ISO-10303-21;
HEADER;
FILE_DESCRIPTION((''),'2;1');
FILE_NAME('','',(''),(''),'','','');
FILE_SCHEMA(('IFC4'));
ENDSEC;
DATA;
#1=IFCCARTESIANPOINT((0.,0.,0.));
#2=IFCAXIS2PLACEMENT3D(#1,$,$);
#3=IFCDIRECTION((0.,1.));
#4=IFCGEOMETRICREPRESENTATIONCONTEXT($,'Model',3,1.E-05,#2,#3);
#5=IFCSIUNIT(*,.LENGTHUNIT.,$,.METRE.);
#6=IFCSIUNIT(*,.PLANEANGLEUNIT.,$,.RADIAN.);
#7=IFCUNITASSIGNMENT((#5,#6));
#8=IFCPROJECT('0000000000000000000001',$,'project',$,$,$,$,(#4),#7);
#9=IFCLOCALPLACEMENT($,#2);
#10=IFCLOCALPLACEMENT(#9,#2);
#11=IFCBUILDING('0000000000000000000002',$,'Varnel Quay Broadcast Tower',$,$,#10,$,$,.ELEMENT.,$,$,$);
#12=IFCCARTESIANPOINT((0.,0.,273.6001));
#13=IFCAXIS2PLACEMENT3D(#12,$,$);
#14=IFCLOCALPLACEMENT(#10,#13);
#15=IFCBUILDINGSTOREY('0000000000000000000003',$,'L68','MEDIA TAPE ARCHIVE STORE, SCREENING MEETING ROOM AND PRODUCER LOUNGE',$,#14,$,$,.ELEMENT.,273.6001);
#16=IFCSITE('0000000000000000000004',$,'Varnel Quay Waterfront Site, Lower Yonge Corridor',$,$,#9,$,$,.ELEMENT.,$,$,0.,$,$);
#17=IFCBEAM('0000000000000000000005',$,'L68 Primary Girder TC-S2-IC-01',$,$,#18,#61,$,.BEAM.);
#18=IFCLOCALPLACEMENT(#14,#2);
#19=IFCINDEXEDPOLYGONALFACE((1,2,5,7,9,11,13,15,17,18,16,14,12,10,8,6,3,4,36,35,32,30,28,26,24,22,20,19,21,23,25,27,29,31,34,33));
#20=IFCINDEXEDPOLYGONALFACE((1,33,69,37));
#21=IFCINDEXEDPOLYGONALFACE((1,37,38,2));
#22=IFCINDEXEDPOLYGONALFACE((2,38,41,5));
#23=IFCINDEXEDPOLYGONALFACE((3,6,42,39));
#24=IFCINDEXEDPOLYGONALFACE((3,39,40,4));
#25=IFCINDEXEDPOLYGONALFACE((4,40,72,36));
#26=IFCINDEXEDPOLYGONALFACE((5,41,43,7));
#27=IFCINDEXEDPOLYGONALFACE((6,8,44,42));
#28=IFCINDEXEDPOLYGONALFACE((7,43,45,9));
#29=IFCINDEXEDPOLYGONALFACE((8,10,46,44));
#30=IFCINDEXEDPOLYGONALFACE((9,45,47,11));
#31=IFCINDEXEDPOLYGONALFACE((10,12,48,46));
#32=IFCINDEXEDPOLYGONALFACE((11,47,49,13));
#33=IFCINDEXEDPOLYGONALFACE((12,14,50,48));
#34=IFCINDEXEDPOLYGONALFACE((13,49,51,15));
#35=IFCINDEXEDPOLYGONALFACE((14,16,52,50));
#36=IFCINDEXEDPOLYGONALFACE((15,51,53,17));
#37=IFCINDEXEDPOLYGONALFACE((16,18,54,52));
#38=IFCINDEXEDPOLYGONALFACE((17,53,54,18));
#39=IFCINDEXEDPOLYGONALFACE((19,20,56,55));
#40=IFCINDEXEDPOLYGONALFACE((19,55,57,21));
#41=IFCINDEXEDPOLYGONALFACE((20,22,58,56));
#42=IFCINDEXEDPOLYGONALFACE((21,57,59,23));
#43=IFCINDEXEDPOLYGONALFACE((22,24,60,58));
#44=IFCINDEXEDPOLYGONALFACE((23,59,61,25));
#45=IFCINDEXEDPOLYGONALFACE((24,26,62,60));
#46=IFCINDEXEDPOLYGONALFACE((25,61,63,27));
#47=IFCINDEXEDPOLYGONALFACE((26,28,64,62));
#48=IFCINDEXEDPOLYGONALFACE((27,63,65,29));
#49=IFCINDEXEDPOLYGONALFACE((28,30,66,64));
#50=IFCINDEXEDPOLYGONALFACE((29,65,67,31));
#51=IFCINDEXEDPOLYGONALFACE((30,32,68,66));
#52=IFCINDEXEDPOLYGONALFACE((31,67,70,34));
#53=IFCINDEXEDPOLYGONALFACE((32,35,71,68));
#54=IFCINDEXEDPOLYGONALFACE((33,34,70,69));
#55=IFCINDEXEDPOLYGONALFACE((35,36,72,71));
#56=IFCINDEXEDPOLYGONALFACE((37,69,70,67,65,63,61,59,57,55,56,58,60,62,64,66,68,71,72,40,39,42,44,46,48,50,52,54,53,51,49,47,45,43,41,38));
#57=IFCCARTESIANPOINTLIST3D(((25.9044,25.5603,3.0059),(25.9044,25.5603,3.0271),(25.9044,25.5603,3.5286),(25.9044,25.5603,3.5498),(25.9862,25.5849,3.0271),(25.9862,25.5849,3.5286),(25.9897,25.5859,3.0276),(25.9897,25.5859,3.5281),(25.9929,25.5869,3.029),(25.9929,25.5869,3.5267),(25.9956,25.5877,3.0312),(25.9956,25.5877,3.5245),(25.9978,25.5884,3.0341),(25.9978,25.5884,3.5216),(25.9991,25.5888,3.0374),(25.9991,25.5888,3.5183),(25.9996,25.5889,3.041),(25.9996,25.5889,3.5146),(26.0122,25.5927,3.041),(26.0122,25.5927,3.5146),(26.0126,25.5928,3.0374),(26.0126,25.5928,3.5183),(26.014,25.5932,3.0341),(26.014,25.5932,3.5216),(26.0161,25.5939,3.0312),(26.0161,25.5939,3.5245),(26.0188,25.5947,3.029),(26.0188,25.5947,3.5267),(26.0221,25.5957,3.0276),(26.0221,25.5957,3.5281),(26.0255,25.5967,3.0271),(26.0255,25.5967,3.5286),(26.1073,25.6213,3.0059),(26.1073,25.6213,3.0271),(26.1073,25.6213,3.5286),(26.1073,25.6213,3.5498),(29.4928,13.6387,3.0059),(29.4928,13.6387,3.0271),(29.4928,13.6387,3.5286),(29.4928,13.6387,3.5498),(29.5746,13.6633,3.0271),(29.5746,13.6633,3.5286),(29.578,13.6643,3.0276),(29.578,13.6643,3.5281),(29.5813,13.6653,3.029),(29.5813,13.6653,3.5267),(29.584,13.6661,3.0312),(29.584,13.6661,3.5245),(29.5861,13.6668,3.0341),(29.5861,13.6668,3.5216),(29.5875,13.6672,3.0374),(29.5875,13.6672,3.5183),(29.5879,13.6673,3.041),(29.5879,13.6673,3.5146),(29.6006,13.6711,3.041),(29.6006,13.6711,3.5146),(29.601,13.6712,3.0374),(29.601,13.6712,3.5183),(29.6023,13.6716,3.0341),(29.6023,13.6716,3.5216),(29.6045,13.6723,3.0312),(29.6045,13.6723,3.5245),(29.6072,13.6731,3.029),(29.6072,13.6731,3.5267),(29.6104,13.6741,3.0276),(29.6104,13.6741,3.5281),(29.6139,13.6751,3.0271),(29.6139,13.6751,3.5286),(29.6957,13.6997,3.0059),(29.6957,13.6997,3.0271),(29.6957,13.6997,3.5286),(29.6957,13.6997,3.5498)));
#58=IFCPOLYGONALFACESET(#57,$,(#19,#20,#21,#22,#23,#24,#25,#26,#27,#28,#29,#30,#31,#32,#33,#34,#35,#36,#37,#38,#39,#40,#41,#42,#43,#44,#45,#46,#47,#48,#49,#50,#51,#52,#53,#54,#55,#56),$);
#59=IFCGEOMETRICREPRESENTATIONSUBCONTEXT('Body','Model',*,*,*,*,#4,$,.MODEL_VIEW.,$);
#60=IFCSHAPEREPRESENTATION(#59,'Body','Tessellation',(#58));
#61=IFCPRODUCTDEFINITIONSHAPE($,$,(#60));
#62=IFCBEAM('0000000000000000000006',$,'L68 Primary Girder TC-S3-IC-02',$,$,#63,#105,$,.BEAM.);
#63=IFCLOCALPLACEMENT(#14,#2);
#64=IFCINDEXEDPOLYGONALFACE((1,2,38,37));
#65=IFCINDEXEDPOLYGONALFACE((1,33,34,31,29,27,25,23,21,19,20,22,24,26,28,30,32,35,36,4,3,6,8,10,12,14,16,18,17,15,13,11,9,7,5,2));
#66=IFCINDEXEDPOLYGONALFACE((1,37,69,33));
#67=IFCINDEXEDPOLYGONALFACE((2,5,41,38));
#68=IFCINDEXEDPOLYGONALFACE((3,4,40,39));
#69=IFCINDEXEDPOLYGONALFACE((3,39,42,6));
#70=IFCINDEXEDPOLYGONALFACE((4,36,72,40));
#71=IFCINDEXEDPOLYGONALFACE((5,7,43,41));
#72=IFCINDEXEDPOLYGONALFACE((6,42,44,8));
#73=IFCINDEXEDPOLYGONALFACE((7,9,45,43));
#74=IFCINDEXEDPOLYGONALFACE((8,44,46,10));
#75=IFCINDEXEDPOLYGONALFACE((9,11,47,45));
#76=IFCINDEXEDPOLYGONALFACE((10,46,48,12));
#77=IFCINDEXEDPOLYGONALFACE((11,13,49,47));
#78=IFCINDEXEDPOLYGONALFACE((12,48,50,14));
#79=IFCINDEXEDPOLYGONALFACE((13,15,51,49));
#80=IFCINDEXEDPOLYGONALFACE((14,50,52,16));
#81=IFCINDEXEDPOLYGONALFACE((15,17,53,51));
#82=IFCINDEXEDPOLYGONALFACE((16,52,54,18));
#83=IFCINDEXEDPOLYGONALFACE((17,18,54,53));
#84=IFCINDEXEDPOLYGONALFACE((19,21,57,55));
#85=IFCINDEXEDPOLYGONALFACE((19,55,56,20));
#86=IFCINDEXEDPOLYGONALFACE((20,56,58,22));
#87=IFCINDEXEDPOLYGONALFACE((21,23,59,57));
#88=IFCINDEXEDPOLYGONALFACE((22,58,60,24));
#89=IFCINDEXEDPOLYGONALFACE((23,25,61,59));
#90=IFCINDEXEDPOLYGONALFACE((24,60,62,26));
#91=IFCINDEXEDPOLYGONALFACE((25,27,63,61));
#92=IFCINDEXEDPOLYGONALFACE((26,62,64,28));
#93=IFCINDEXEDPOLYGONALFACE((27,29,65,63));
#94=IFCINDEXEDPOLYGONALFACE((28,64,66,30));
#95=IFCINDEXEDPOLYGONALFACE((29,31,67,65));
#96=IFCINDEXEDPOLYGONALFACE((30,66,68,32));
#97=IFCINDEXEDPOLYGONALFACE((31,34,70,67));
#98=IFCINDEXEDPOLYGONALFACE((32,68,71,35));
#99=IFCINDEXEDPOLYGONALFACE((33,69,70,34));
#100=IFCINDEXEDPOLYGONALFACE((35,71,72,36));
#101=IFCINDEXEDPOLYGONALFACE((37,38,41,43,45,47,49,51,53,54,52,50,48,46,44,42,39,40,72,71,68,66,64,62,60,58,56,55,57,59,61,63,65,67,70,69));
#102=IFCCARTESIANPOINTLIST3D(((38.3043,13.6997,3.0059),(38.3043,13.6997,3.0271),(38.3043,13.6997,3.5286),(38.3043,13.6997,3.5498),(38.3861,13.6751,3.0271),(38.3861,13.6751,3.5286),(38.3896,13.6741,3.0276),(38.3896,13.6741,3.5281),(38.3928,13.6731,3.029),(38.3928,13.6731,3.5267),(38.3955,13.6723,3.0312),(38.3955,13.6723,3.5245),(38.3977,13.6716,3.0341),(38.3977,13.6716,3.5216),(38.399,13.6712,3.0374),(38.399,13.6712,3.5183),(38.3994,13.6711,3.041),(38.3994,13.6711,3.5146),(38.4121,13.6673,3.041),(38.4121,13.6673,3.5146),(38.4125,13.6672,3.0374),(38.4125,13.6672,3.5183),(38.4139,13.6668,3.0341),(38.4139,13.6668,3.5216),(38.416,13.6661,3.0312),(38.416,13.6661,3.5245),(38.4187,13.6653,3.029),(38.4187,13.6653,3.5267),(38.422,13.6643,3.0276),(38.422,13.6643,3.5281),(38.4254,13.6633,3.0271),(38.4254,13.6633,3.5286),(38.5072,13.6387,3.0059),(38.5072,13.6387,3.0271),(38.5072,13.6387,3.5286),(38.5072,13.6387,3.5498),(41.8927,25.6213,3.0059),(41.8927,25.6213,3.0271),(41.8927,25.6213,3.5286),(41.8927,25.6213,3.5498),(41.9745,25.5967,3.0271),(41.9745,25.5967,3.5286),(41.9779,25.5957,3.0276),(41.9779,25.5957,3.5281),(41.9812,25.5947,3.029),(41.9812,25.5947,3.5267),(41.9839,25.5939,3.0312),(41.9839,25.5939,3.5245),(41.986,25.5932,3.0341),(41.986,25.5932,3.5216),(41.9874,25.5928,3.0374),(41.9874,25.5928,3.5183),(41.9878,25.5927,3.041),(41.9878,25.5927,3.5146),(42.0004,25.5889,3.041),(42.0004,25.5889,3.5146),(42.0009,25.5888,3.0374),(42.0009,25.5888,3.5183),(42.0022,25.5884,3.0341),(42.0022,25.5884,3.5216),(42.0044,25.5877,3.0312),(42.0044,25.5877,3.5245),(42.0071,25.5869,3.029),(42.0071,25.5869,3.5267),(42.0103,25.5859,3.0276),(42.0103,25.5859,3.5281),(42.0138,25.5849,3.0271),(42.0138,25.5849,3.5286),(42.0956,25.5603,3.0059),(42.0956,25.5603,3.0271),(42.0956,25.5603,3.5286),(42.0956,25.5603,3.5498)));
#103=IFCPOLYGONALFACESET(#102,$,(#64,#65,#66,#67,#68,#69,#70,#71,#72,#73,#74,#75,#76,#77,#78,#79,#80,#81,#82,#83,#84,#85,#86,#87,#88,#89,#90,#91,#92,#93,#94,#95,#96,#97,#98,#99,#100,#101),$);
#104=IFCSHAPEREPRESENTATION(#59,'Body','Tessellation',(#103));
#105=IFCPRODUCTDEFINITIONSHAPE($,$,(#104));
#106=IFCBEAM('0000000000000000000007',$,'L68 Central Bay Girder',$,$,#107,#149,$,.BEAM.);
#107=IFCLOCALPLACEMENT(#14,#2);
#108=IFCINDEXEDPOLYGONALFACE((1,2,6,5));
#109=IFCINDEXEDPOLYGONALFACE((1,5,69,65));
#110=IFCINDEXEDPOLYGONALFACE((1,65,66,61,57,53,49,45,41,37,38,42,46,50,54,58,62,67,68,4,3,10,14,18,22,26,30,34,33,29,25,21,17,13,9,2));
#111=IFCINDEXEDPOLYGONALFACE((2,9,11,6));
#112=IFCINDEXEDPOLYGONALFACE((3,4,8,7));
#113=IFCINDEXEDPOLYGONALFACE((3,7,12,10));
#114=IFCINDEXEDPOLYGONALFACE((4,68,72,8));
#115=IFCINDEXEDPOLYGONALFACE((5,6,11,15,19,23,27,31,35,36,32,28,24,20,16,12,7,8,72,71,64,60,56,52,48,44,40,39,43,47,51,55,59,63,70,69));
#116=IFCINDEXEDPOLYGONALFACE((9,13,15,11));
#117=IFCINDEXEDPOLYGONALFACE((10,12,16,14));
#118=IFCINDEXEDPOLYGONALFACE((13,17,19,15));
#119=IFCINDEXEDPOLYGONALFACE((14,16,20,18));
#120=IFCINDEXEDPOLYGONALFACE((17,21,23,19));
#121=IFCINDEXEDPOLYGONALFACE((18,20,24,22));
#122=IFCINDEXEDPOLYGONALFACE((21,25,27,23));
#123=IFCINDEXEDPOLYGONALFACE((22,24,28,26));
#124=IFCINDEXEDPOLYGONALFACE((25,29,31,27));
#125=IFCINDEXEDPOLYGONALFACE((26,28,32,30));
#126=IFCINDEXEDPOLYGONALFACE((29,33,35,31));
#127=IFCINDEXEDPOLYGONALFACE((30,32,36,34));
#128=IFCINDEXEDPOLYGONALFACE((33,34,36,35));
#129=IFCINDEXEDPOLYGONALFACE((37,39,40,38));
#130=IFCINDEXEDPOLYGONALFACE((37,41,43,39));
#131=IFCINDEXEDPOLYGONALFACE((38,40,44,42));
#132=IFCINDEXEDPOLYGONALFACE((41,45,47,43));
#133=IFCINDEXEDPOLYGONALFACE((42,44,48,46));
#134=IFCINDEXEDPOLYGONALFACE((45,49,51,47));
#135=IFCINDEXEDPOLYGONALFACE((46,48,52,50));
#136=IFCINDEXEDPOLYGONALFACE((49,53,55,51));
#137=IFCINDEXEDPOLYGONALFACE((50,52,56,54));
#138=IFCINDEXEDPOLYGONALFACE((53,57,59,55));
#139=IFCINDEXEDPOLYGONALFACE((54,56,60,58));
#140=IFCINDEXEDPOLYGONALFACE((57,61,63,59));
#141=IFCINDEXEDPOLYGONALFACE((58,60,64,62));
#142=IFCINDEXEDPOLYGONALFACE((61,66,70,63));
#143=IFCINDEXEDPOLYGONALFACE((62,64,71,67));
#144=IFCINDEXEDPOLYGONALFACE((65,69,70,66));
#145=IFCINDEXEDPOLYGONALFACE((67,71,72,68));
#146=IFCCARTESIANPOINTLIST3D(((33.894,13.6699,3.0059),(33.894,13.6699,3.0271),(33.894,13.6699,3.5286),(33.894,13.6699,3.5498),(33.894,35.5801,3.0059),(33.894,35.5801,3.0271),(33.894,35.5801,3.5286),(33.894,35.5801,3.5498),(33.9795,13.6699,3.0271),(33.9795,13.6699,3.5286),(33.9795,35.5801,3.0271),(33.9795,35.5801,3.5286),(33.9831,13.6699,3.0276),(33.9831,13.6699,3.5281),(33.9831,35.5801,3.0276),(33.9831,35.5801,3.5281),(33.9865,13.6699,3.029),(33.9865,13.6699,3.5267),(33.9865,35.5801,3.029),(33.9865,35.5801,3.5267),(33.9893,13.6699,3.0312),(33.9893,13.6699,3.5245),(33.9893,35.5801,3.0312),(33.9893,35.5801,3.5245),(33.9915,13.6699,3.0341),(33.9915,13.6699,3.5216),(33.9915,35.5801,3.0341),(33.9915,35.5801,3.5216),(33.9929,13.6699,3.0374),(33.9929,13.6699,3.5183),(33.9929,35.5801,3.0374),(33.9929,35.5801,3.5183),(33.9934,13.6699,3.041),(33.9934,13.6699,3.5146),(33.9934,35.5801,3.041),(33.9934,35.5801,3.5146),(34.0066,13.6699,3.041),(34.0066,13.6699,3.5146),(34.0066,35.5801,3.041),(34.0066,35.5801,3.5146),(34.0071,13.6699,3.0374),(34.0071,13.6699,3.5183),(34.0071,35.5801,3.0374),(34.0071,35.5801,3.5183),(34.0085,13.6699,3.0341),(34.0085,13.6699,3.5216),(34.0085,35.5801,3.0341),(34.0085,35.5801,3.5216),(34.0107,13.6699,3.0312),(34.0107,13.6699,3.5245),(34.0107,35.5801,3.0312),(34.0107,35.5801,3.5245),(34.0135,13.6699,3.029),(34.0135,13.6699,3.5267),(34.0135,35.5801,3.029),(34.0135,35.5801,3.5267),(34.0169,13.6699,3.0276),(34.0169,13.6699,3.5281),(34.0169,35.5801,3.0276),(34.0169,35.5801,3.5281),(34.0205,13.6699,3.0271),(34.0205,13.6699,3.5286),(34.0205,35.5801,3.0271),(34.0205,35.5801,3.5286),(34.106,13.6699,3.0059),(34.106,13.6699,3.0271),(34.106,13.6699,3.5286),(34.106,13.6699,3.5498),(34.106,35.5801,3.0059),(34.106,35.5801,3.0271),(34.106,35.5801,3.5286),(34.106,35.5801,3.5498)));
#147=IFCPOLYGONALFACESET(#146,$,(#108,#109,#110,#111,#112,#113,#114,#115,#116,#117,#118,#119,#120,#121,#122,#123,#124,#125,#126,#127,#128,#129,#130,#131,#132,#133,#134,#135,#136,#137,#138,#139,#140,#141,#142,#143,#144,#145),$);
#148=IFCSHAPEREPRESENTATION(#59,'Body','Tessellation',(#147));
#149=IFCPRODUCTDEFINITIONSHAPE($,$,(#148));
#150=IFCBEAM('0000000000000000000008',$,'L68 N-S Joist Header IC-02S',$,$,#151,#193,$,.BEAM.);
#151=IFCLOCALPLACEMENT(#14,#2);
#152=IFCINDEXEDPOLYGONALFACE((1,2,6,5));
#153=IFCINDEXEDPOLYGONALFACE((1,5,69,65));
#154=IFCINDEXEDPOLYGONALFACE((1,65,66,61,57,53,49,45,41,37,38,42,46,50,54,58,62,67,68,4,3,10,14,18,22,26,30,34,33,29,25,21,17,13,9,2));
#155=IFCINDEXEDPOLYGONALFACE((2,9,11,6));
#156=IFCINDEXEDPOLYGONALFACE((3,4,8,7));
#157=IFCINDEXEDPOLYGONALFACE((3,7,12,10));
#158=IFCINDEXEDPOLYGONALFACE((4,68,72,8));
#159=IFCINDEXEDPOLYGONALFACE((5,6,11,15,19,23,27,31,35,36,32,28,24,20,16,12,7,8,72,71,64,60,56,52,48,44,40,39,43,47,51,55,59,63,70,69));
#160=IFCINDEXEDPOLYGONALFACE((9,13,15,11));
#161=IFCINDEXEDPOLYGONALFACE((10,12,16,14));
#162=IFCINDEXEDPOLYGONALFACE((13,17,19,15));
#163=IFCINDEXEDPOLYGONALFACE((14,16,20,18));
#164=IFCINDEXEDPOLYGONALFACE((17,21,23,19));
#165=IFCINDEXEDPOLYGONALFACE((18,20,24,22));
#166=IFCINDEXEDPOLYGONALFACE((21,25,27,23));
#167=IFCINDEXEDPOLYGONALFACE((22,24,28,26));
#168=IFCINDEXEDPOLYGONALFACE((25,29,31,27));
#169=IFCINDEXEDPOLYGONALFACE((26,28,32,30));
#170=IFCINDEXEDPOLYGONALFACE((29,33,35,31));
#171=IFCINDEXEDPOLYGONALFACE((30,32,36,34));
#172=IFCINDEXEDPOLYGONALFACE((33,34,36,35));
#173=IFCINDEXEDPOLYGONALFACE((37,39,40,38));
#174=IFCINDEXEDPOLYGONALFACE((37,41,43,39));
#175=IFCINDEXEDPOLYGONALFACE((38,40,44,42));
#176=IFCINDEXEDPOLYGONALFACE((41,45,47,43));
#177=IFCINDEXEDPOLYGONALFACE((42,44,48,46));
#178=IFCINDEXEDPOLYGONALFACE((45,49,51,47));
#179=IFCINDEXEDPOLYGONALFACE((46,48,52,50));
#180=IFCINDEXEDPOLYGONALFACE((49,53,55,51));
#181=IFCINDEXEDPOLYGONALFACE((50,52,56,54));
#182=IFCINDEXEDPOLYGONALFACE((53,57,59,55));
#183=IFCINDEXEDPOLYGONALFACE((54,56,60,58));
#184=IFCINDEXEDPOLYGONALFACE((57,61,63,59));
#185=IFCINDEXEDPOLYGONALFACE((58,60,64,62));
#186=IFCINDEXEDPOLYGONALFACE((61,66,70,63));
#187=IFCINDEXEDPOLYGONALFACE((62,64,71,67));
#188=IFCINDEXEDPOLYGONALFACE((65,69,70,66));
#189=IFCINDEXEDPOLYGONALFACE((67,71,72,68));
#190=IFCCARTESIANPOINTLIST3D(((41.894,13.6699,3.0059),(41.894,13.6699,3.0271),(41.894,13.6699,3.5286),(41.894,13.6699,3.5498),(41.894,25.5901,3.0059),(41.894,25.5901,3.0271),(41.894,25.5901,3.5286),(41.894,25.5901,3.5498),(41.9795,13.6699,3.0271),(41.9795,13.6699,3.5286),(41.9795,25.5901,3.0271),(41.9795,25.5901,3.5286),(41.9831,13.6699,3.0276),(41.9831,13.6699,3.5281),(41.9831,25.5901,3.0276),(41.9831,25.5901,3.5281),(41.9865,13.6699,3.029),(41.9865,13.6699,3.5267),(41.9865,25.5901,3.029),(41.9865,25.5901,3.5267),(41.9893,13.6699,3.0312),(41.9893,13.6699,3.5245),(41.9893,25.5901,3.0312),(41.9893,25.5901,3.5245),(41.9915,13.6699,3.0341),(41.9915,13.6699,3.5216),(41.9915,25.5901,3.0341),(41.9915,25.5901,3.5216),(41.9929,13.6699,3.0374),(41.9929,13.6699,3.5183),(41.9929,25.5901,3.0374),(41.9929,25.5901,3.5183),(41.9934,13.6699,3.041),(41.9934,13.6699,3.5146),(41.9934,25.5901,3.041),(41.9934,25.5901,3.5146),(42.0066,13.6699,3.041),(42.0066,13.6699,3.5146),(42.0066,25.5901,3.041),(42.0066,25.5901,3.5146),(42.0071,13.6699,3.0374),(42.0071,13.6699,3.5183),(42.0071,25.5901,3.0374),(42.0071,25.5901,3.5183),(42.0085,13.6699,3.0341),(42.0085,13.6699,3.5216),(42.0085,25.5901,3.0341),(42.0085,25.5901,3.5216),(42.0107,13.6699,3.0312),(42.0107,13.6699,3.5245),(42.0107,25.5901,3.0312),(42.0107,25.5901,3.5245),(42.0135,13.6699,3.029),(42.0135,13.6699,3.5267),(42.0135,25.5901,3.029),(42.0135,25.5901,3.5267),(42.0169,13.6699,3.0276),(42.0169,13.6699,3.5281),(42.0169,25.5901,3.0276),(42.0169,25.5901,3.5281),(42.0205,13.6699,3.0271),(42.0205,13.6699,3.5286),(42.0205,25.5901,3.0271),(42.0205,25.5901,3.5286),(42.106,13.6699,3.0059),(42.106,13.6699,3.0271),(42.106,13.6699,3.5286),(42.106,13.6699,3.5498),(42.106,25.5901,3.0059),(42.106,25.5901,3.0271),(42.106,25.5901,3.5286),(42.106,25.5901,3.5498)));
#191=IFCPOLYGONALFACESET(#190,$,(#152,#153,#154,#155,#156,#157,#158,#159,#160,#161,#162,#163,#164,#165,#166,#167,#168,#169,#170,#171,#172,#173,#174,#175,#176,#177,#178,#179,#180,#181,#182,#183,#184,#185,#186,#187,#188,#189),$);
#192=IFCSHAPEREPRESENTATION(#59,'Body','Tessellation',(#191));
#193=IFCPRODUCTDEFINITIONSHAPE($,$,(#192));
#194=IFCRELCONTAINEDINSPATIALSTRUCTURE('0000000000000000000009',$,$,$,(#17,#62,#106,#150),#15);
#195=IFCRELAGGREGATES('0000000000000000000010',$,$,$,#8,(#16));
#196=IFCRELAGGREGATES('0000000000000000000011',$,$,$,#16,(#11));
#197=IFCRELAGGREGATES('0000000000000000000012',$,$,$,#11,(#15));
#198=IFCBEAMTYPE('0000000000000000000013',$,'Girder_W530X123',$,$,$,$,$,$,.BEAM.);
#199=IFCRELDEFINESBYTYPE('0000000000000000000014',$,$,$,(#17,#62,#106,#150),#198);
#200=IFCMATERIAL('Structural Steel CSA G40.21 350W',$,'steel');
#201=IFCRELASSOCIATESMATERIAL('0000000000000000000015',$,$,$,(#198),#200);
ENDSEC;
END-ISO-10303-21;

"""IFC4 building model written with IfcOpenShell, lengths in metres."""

from ifc_helpers import new_model, si_unit, direction, frame, origin, origin_2d, place, context, subcontext, project, spatial, i_section, extrude, source, transform, mapped, material, material_profile, profile_set, type_object, type_shapes, element, save


model = new_model("IFC4")

# Units and contexts
model_context = context("Model", 3, precision=1e-05, world=origin(), true_north=direction((0.0, 1.0)))
body_context = subcontext(model_context, "Body", "Model", "MODEL_VIEW")
ifc_project = project(units=[si_unit("LENGTHUNIT", "METRE"), si_unit("PLANEANGLEUNIT", "RADIAN")], contexts=[model_context])

# Site, building, storey
site_placement = place(None, origin())
site = spatial("IfcSite", under=ifc_project, at=site_placement, Name="Varnel Quay Waterfront Site, Lower Yonge Corridor", CompositionType="ELEMENT", RefElevation=0.0)
building_placement = place(site_placement, origin())
building = spatial("IfcBuilding", under=site, at=building_placement, Name="Varnel Quay Broadcast Tower", CompositionType="ELEMENT")
storey_placement = place(building_placement, frame((0.0, 0.0, 273.6001)))
storey = spatial("IfcBuildingStorey", under=building, at=storey_placement, Name="L68", Description="MEDIA TAPE ARCHIVE STORE, SCREENING MEETING ROOM AND PRODUCER LOUNGE", CompositionType="ELEMENT", Elevation=273.6001)

# Shared definitions
ifc_material_1 = material(Name="Structural Steel CSA G40.21 350W", Category="steel")

# Beams
ifc_material_profile_1 = material_profile(ifc_material_1, i_section(OverallWidth=0.2119, OverallDepth=0.5439, WebThickness=0.0132, FlangeThickness=0.0212, FilletRadius=0.0139, at=origin_2d()), Name="W530X123")
ifc_profile_set_1 = profile_set([ifc_material_profile_1], Name="Structural Steel CSA G40.21 350W")
beam_type_1 = type_object("IfcBeamType", Name="Girder_W530X123", PredefinedType="BEAM", material=ifc_profile_set_1)
shared_shape_1 = source(origin(), body_context, "Body", "SweptSolid", [
    extrude(i_section(OverallWidth=0.2119, OverallDepth=0.5439, WebThickness=0.0132, FlangeThickness=0.0212, FilletRadius=0.0139, at=origin_2d()), origin(), (0.0, 0.0, 1.0), 12.45),
])
for number, where, z_axis, x_axis, name in (
    (1, (29.5942, 13.6692, 3.2778), (-0.288224, 0.957563, 0.0), (-0.957563, -0.288224, 0.0), "L68 Primary Girder TC-S2-IC-01"),
    (2, (38.4058, 13.6692, 3.2778), (0.288224, 0.957563, 0.0), (-0.957563, 0.288224, 0.0), "L68 Primary Girder TC-S3-IC-02"),
):
    element("IfcBeam", number, at=place(storey_placement, frame(where, z_axis=z_axis, x_axis=x_axis)), inside=storey, type_object=beam_type_1, Name=name, PredefinedType="BEAM", context=body_context, shape_type="MappedRepresentation", body=[
        mapped(shared_shape_1, transform((0.0, 0.0, 0.0), x_axis=(1.0, 0.0, 0.0), y_axis=(0.0, 1.0, 0.0), z_axis=(0.0, 0.0, 1.0), scale=1.0)),
    ])
shared_shape_2 = source(origin(), body_context, "Body", "SweptSolid", [
    extrude(i_section(OverallWidth=0.2119, OverallDepth=0.5439, WebThickness=0.0132, FlangeThickness=0.0212, FilletRadius=0.0139, at=origin_2d()), origin(), (0.0, 0.0, 1.0), 21.9102),
])
beam_1_placement = place(storey_placement, frame((34.0, 13.6699, 3.2778), z_axis=(0.0, 1.0, 0.0), x_axis=(-1.0, 0.0, 0.0)))
element("IfcBeam", 3, at=beam_1_placement, inside=storey, type_object=beam_type_1, Name="L68 Central Bay Girder", PredefinedType="BEAM", context=body_context, shape_type="MappedRepresentation", body=[
    mapped(shared_shape_2, transform((0.0, 0.0, 0.0), x_axis=(1.0, 0.0, 0.0), y_axis=(0.0, 1.0, 0.0), z_axis=(0.0, 0.0, 1.0), scale=1.0)),
])
shared_shape_3 = source(origin(), body_context, "Body", "SweptSolid", [
    extrude(i_section(OverallWidth=0.2119, OverallDepth=0.5439, WebThickness=0.0132, FlangeThickness=0.0212, FilletRadius=0.0139, at=origin_2d()), origin(), (0.0, 0.0, 1.0), 11.9202),
])
type_shapes(beam_type_1, [shared_shape_1, shared_shape_2, shared_shape_3])
beam_2_placement = place(storey_placement, frame((42.0, 13.6699, 3.2778), z_axis=(0.0, 1.0, 0.0), x_axis=(-1.0, 0.0, 0.0)))
element("IfcBeam", 4, at=beam_2_placement, inside=storey, type_object=beam_type_1, Name="L68 N-S Joist Header IC-02S", PredefinedType="BEAM", context=body_context, shape_type="MappedRepresentation", body=[
    mapped(shared_shape_3, transform((0.0, 0.0, 0.0), x_axis=(1.0, 0.0, 0.0), y_axis=(0.0, 1.0, 0.0), z_axis=(0.0, 0.0, 1.0), scale=1.0)),
])

save(model, "model.ifc")
